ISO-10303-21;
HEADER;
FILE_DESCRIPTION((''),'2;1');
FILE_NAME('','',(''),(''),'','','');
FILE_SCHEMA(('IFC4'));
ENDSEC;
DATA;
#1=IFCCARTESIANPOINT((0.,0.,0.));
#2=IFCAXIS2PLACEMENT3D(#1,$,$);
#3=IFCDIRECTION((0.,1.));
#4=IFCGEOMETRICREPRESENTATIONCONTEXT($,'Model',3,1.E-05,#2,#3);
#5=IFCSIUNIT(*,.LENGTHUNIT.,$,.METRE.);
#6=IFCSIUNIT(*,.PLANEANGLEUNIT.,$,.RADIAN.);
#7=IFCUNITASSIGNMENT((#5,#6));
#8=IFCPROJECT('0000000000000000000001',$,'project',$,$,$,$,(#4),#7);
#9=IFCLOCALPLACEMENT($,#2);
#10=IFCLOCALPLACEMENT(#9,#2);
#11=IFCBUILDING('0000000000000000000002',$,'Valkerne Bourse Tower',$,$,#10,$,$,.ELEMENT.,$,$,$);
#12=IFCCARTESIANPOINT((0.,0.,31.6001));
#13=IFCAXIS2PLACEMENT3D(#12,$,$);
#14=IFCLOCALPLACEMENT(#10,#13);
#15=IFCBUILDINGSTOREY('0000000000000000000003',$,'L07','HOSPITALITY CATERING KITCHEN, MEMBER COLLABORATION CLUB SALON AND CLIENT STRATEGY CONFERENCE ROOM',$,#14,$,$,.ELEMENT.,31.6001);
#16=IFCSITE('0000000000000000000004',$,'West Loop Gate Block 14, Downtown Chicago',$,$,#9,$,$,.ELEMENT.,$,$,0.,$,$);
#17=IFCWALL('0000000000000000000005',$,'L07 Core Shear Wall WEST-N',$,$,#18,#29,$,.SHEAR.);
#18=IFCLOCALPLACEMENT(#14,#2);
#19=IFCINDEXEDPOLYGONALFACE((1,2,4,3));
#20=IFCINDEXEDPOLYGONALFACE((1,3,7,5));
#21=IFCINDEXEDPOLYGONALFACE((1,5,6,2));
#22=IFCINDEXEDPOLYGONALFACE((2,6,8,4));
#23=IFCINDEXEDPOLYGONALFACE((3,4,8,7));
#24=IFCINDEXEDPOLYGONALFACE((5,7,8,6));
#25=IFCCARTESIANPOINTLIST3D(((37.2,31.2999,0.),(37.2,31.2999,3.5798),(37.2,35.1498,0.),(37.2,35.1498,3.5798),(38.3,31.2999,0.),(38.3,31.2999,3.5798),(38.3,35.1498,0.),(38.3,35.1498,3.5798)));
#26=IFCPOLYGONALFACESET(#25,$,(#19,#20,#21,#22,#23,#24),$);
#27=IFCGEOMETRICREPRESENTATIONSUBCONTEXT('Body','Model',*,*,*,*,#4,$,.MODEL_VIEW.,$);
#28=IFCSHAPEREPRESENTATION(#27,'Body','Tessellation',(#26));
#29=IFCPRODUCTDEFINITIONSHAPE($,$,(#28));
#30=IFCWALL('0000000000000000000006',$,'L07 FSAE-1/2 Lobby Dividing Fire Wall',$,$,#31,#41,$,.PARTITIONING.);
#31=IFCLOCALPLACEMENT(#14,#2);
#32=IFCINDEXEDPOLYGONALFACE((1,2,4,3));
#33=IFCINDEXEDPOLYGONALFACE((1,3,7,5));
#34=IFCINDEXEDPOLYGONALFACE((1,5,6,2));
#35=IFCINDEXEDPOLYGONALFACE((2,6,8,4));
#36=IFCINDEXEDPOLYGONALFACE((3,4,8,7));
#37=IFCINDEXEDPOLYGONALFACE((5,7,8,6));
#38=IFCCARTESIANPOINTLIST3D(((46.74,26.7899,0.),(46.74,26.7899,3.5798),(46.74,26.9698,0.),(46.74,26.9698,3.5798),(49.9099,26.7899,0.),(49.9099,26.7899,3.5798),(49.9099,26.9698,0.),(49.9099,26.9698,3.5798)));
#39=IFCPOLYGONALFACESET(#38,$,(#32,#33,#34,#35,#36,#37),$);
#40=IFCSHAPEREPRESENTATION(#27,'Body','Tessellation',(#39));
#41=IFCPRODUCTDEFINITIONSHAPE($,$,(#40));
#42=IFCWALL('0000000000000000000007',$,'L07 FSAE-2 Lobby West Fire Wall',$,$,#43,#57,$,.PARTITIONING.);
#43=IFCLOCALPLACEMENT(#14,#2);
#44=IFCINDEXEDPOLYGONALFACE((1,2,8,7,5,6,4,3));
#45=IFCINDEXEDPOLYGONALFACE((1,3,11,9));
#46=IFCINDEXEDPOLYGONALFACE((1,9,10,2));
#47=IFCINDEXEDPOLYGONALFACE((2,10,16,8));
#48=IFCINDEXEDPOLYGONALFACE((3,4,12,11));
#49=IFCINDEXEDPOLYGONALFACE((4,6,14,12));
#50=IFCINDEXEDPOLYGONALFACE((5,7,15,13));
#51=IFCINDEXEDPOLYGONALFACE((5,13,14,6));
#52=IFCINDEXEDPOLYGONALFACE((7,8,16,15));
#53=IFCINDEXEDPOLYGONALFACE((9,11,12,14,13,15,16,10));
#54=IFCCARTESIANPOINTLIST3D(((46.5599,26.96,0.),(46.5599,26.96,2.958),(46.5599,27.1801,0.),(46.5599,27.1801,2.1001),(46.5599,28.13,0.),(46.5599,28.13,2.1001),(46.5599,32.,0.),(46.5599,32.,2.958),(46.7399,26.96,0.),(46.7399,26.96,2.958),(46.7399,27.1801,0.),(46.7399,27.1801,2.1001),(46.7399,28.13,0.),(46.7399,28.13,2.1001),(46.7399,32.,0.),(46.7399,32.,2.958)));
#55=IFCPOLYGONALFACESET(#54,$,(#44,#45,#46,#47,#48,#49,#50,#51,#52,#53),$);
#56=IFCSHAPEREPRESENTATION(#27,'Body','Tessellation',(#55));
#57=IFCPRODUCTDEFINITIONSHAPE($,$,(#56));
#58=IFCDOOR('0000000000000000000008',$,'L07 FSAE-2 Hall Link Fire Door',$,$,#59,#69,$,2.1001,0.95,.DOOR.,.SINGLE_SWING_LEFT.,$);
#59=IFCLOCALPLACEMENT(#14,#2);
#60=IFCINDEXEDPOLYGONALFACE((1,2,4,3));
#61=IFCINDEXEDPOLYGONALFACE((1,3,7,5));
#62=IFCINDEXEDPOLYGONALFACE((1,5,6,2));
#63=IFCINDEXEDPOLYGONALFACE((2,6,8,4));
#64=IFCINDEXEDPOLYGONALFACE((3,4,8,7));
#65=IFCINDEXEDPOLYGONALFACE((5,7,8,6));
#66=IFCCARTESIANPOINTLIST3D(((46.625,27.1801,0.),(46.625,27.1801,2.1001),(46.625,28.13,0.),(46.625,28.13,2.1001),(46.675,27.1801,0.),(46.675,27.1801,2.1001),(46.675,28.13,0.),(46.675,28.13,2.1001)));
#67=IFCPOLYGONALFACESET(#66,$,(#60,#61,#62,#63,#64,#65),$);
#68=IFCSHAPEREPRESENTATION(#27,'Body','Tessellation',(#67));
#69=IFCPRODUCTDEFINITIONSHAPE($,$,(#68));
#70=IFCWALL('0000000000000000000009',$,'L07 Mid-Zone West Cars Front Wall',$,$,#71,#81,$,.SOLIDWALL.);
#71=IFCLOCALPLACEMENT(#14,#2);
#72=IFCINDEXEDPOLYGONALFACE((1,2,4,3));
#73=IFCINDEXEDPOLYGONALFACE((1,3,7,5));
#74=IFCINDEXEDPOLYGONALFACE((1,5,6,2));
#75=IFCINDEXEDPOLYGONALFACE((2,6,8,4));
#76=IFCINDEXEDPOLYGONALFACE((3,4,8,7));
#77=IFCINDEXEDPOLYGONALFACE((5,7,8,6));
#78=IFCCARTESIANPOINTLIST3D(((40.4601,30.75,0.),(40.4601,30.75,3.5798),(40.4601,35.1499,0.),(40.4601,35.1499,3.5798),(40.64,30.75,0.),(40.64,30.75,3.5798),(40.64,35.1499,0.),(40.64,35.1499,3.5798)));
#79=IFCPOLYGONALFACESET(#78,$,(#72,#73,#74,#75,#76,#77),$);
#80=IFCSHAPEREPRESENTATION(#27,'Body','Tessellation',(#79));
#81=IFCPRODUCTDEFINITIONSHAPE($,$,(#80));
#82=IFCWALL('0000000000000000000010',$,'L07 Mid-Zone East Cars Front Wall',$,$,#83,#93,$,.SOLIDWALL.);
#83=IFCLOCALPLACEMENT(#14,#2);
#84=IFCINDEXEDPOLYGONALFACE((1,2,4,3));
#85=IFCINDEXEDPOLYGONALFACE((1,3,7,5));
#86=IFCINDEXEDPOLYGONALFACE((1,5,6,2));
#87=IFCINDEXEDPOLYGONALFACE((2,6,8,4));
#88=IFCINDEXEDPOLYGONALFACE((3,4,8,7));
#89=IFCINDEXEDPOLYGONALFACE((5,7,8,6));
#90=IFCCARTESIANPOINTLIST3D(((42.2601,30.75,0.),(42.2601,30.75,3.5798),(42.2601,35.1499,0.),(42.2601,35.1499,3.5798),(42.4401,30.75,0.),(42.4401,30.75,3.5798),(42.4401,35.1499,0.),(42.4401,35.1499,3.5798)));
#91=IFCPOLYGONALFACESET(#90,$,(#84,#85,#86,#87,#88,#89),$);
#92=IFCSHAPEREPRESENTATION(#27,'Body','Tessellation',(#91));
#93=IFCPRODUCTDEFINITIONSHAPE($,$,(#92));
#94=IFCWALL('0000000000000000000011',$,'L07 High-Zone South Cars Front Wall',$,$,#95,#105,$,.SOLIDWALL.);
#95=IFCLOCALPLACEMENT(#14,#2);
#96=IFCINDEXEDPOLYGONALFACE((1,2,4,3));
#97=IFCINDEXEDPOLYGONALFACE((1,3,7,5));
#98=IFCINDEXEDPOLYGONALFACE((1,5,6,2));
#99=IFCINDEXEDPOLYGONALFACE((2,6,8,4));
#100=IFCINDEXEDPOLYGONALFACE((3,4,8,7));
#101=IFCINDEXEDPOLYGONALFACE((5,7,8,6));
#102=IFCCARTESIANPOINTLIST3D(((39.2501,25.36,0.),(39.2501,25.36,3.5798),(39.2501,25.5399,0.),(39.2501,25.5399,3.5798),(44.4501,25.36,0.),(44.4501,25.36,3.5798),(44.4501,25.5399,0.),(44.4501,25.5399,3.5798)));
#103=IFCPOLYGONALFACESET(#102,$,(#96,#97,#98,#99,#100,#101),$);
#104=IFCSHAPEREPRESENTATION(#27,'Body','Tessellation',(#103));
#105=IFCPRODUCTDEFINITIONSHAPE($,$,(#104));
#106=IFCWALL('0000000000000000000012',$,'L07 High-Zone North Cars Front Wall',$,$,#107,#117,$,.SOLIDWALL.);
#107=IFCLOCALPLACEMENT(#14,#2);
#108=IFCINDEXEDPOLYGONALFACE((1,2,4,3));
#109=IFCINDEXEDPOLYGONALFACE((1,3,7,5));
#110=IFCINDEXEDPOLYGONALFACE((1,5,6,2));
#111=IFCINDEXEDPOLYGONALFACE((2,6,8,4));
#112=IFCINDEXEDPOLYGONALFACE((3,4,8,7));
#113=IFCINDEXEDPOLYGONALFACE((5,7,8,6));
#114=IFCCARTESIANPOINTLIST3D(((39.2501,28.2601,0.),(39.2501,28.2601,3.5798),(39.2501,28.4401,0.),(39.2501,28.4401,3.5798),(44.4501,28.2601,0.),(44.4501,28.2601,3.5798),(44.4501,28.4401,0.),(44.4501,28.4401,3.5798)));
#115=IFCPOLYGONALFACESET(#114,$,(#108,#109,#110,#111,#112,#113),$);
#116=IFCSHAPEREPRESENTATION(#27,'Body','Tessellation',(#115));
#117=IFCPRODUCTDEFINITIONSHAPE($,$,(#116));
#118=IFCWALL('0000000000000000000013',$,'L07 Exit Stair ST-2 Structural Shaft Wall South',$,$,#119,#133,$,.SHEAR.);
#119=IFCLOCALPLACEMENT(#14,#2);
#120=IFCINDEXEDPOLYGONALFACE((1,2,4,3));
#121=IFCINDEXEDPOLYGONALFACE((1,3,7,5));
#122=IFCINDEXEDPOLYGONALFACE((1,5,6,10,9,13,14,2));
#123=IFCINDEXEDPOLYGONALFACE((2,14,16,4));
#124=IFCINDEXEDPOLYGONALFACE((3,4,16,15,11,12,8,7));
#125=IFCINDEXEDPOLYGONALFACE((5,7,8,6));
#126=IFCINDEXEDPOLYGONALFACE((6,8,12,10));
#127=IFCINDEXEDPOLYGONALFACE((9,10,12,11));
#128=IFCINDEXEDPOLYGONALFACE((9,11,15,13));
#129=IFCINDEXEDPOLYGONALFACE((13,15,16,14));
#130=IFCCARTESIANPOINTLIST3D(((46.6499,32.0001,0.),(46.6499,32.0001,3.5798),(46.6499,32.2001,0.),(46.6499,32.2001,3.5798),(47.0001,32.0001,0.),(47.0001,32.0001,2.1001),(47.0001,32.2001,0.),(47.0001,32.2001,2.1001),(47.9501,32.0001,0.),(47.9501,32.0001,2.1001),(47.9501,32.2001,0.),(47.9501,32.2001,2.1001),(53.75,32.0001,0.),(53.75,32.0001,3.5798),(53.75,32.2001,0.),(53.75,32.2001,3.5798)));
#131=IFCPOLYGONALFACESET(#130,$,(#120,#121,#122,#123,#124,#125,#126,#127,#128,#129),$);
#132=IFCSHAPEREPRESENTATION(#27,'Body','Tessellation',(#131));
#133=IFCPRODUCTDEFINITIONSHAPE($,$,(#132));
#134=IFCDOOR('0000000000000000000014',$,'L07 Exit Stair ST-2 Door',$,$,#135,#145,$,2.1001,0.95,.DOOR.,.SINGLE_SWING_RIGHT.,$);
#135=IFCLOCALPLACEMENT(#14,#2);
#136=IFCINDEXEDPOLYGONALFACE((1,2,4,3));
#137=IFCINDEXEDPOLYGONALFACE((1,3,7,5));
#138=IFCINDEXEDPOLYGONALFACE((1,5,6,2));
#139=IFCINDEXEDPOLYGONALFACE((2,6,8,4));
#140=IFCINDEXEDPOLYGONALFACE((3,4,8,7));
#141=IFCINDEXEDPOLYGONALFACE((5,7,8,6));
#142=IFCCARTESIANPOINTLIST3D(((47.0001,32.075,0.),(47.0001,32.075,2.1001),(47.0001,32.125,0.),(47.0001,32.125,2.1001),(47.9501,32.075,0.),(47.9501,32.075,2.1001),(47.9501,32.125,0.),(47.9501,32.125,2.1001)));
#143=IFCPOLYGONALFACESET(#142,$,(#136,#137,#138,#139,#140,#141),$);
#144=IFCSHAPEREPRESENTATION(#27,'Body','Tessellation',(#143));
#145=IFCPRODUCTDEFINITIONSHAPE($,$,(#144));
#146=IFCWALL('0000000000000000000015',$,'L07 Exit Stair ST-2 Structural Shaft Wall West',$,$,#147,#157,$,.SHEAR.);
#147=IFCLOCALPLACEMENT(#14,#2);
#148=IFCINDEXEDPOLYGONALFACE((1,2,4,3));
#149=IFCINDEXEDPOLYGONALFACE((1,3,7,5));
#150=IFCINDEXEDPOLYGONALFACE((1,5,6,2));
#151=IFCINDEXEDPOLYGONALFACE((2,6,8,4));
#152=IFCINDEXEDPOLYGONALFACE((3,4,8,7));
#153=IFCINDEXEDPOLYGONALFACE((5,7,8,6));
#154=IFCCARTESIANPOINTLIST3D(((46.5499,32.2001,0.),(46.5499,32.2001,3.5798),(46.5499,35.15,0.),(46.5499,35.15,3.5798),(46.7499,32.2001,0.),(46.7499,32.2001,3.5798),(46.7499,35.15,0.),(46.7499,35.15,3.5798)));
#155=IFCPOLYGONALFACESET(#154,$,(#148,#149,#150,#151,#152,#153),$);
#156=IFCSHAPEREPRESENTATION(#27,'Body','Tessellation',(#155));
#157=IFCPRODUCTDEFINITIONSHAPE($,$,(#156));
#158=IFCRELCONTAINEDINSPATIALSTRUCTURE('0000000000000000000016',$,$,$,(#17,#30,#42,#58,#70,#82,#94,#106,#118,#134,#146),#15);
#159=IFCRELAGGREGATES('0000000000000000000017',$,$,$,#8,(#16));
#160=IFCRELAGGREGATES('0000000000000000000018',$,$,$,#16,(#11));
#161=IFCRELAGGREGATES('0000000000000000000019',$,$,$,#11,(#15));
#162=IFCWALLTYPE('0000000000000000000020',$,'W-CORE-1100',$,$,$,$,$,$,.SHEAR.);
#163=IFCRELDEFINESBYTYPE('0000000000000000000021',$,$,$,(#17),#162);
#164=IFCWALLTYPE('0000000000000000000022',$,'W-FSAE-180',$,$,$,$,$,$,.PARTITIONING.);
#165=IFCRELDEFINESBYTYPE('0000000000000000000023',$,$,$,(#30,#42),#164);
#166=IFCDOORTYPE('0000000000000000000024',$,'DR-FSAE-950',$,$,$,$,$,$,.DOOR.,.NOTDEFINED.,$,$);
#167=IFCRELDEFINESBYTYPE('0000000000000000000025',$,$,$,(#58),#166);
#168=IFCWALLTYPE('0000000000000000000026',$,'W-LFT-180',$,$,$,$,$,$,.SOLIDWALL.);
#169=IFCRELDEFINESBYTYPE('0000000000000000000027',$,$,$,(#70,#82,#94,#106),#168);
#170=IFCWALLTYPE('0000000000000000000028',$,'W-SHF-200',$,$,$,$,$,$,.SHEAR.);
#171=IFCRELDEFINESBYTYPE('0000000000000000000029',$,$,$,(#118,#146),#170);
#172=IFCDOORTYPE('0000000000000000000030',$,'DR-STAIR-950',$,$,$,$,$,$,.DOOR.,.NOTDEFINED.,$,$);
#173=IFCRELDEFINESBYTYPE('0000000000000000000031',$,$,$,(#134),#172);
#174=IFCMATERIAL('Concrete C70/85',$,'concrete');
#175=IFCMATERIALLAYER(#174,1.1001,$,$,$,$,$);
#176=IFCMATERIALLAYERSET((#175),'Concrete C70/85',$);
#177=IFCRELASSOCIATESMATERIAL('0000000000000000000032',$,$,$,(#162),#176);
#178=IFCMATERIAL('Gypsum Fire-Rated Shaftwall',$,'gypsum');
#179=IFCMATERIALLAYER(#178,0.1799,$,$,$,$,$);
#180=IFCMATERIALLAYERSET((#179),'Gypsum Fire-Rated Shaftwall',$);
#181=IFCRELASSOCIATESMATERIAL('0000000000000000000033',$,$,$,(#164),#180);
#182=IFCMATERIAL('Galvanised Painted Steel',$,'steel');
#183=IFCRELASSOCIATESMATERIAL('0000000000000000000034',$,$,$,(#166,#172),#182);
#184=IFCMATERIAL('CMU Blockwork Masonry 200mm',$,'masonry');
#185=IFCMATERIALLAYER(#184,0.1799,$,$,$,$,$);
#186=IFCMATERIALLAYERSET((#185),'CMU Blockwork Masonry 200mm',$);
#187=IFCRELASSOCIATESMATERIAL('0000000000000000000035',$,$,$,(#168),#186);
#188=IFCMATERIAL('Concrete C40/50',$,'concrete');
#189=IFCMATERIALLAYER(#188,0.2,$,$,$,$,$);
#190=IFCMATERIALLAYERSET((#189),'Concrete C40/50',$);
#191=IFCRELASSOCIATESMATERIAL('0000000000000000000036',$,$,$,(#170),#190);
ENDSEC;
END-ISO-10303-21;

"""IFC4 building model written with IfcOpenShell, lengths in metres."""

from ifc_helpers import new_model, si_unit, direction, frame, frame_2d, origin, place, context, subcontext, project, spatial, rectangle, extrude, material, layer, layer_set, type_object, element, fill, save


model = new_model("IFC4")

# Units and contexts
model_context = context("Model", 3, precision=1e-05, world=origin(), true_north=direction((0.0, 1.0)))
body_context = subcontext(model_context, "Body", "Model", "MODEL_VIEW")
ifc_project = project(units=[si_unit("LENGTHUNIT", "METRE"), si_unit("PLANEANGLEUNIT", "RADIAN")], contexts=[model_context])

# Site, building, storey
site_placement = place(None, origin())
site = spatial("IfcSite", under=ifc_project, at=site_placement, Name="West Loop Gate Block 14, Downtown Chicago", CompositionType="ELEMENT", RefElevation=0.0)
building_placement = place(site_placement, origin())
building = spatial("IfcBuilding", under=site, at=building_placement, Name="Valkerne Bourse Tower", CompositionType="ELEMENT")
storey_placement = place(building_placement, frame((0.0, 0.0, 31.6001)))
storey = spatial("IfcBuildingStorey", under=building, at=storey_placement, Name="L07", Description="HOSPITALITY CATERING KITCHEN, MEMBER COLLABORATION CLUB SALON AND CLIENT STRATEGY CONFERENCE ROOM", CompositionType="ELEMENT", Elevation=31.6001)

# Shared definitions
ifc_material_1 = material(Name="Concrete C70/85", Category="concrete")
ifc_layer_1 = layer(ifc_material_1, 1.1001)
ifc_layer_set_1 = layer_set([ifc_layer_1], Name="Concrete C70/85")
wall_type_1 = type_object("IfcWallType", Name="W-CORE-1100", PredefinedType="SHEAR", material=ifc_layer_set_1)
ifc_material_2 = material(Name="Galvanised Painted Steel", Category="steel")

# Walls
wall_1_placement = place(storey_placement, frame((37.75, 31.3, 0.0), z_axis=(0.0, 0.0, 1.0), x_axis=(0.0, 1.0, 0.0)))
element("IfcWall", 1, at=wall_1_placement, inside=storey, type_object=wall_type_1, Name="L07 Core Shear Wall WEST-N", PredefinedType="SHEAR", context=body_context, shape_type="SweptSolid", body=[
    extrude(rectangle(XDim=3.8499, YDim=1.1001, at=frame_2d((1.9248, 0.0))), origin(), (0.0, 0.0, 1.0), 3.5798),
])
ifc_material_3 = material(Name="Gypsum Fire-Rated Shaftwall", Category="gypsum")
ifc_layer_2 = layer(ifc_material_3, 0.1799)
ifc_layer_set_2 = layer_set([ifc_layer_2], Name="Gypsum Fire-Rated Shaftwall")
wall_type_2 = type_object("IfcWallType", Name="W-FSAE-180", PredefinedType="PARTITIONING", material=ifc_layer_set_2)
wall_2_placement = place(storey_placement, frame((46.74, 26.8799, 0.0), z_axis=(0.0, 0.0, 1.0), x_axis=(1.0, 0.0, 0.0)))
element("IfcWall", 2, at=wall_2_placement, inside=storey, type_object=wall_type_2, Name="L07 FSAE-1/2 Lobby Dividing Fire Wall", PredefinedType="PARTITIONING", context=body_context, shape_type="SweptSolid", body=[
    extrude(rectangle(XDim=3.1699, YDim=0.1799, at=frame_2d((1.585, 0.0))), origin(), (0.0, 0.0, 1.0), 3.5798),
])

# Wall, opening, door
wall_3_placement = place(storey_placement, frame((46.6499, 26.96, 0.0), z_axis=(0.0, 0.0, 1.0), x_axis=(0.0, 1.0, 0.0)))
wall_3 = element("IfcWall", 3, at=wall_3_placement, inside=storey, type_object=wall_type_2, Name="L07 FSAE-2 Lobby West Fire Wall", PredefinedType="PARTITIONING", context=body_context, shape_type="SweptSolid", body=[
    extrude(rectangle(XDim=5.04, YDim=0.1799, at=frame_2d((2.52, 0.0))), origin(), (0.0, 0.0, 1.0), 2.958),
])
opening_1_placement = place(wall_3_placement, frame((0.22, 0.0, 0.0)))
opening_1 = element("IfcOpeningElement", 4, at=opening_1_placement, cuts=wall_3, PredefinedType="OPENING", context=body_context, shape_type="SweptSolid", body=[
    extrude(rectangle(XDim=0.95, YDim=2.1001, at=frame_2d((0.4751, 1.05))), frame((0.0, 0.0999, 0.0), z_axis=(0.0, -1.0, 0.0), x_axis=(1.0, 0.0, 0.0)), (0.0, 0.0, 1.0), 0.2),
])
door_type_1 = type_object("IfcDoorType", Name="DR-FSAE-950", OperationType="NOTDEFINED", PredefinedType="DOOR", material=ifc_material_2)
door_1_placement = place(opening_1_placement, origin())
door_1 = element("IfcDoor", 5, at=door_1_placement, inside=storey, type_object=door_type_1, Name="L07 FSAE-2 Hall Link Fire Door", OperationType="SINGLE_SWING_LEFT", OverallHeight=2.1001, OverallWidth=0.95, PredefinedType="DOOR", context=body_context, shape_type="SweptSolid", body=[
    extrude(rectangle(XDim=0.95, YDim=2.1001, at=frame_2d((0.4751, 1.05))), frame((0.0, 0.0249, 0.0), z_axis=(0.0, -1.0, 0.0), x_axis=(1.0, 0.0, 0.0)), (0.0, 0.0, 1.0), 0.05),
])
fill(opening_1, door_1)

# Walls
ifc_material_4 = material(Name="CMU Blockwork Masonry 200mm", Category="masonry")
ifc_layer_3 = layer(ifc_material_4, 0.1799)
ifc_layer_set_3 = layer_set([ifc_layer_3], Name="CMU Blockwork Masonry 200mm")
wall_type_3 = type_object("IfcWallType", Name="W-LFT-180", PredefinedType="SOLIDWALL", material=ifc_layer_set_3)
for number, where, z_axis, x_axis, name in (
    (6, (40.55, 30.75, 0.0), (0.0, 0.0, 1.0), (0.0, 1.0, 0.0), "L07 Mid-Zone West Cars Front Wall"),
    (7, (42.3501, 30.75, 0.0), (0.0, 0.0, 1.0), (0.0, 1.0, 0.0), "L07 Mid-Zone East Cars Front Wall"),
):
    element("IfcWall", number, at=place(storey_placement, frame(where, z_axis=z_axis, x_axis=x_axis)), inside=storey, type_object=wall_type_3, Name=name, PredefinedType="SOLIDWALL", context=body_context, shape_type="SweptSolid", body=[
        extrude(rectangle(XDim=4.3999, YDim=0.1799, at=frame_2d((2.2, 0.0))), origin(), (0.0, 0.0, 1.0), 3.5798),
    ])
for number, where, z_axis, x_axis, name in (
    (8, (39.25, 25.45, 0.0), (0.0, 0.0, 1.0), (1.0, 0.0, 0.0), "L07 High-Zone South Cars Front Wall"),
    (9, (39.25, 28.3501, 0.0), (0.0, 0.0, 1.0), (1.0, 0.0, 0.0), "L07 High-Zone North Cars Front Wall"),
):
    element("IfcWall", number, at=place(storey_placement, frame(where, z_axis=z_axis, x_axis=x_axis)), inside=storey, type_object=wall_type_3, Name=name, PredefinedType="SOLIDWALL", context=body_context, shape_type="SweptSolid", body=[
        extrude(rectangle(XDim=5.2, YDim=0.1799, at=frame_2d((2.6001, 0.0))), origin(), (0.0, 0.0, 1.0), 3.5798),
    ])

# Wall, opening, door
ifc_material_5 = material(Name="Concrete C40/50", Category="concrete")
ifc_layer_4 = layer(ifc_material_5, 0.2)
ifc_layer_set_4 = layer_set([ifc_layer_4], Name="Concrete C40/50")
wall_type_4 = type_object("IfcWallType", Name="W-SHF-200", PredefinedType="SHEAR", material=ifc_layer_set_4)
wall_4_placement = place(storey_placement, frame((46.6499, 32.1001, 0.0), z_axis=(0.0, 0.0, 1.0), x_axis=(1.0, 0.0, 0.0)))
wall_4 = element("IfcWall", 10, at=wall_4_placement, inside=storey, type_object=wall_type_4, Name="L07 Exit Stair ST-2 Structural Shaft Wall South", PredefinedType="SHEAR", context=body_context, shape_type="SweptSolid", body=[
    extrude(rectangle(XDim=7.1001, YDim=0.2, at=frame_2d((3.55, 0.0))), origin(), (0.0, 0.0, 1.0), 3.5798),
])
opening_2_placement = place(wall_4_placement, frame((0.3501, 0.0, 0.0)))
opening_2 = element("IfcOpeningElement", 11, at=opening_2_placement, cuts=wall_4, PredefinedType="OPENING", context=body_context, shape_type="SweptSolid", body=[
    extrude(rectangle(XDim=0.95, YDim=2.1001, at=frame_2d((0.4751, 1.05))), frame((0.0, 0.1099, 0.0), z_axis=(0.0, -1.0, 0.0), x_axis=(1.0, 0.0, 0.0)), (0.0, 0.0, 1.0), 0.22),
])
door_type_2 = type_object("IfcDoorType", Name="DR-STAIR-950", OperationType="NOTDEFINED", PredefinedType="DOOR", material=ifc_material_2)
door_2_placement = place(opening_2_placement, origin())
door_2 = element("IfcDoor", 12, at=door_2_placement, inside=storey, type_object=door_type_2, Name="L07 Exit Stair ST-2 Door", OperationType="SINGLE_SWING_RIGHT", OverallHeight=2.1001, OverallWidth=0.95, PredefinedType="DOOR", context=body_context, shape_type="SweptSolid", body=[
    extrude(rectangle(XDim=0.95, YDim=2.1001, at=frame_2d((0.4751, 1.05))), frame((0.0, 0.0249, 0.0), z_axis=(0.0, -1.0, 0.0), x_axis=(1.0, 0.0, 0.0)), (0.0, 0.0, 1.0), 0.05),
])
fill(opening_2, door_2)

# Wall
wall_5_placement = place(storey_placement, frame((46.6499, 32.2, 0.0), z_axis=(0.0, 0.0, 1.0), x_axis=(0.0, 1.0, 0.0)))
element("IfcWall", 13, at=wall_5_placement, inside=storey, type_object=wall_type_4, Name="L07 Exit Stair ST-2 Structural Shaft Wall West", PredefinedType="SHEAR", context=body_context, shape_type="SweptSolid", body=[
    extrude(rectangle(XDim=2.95, YDim=0.2, at=frame_2d((1.4751, 0.0))), origin(), (0.0, 0.0, 1.0), 3.5798),
])

save(model, "model.ifc")
